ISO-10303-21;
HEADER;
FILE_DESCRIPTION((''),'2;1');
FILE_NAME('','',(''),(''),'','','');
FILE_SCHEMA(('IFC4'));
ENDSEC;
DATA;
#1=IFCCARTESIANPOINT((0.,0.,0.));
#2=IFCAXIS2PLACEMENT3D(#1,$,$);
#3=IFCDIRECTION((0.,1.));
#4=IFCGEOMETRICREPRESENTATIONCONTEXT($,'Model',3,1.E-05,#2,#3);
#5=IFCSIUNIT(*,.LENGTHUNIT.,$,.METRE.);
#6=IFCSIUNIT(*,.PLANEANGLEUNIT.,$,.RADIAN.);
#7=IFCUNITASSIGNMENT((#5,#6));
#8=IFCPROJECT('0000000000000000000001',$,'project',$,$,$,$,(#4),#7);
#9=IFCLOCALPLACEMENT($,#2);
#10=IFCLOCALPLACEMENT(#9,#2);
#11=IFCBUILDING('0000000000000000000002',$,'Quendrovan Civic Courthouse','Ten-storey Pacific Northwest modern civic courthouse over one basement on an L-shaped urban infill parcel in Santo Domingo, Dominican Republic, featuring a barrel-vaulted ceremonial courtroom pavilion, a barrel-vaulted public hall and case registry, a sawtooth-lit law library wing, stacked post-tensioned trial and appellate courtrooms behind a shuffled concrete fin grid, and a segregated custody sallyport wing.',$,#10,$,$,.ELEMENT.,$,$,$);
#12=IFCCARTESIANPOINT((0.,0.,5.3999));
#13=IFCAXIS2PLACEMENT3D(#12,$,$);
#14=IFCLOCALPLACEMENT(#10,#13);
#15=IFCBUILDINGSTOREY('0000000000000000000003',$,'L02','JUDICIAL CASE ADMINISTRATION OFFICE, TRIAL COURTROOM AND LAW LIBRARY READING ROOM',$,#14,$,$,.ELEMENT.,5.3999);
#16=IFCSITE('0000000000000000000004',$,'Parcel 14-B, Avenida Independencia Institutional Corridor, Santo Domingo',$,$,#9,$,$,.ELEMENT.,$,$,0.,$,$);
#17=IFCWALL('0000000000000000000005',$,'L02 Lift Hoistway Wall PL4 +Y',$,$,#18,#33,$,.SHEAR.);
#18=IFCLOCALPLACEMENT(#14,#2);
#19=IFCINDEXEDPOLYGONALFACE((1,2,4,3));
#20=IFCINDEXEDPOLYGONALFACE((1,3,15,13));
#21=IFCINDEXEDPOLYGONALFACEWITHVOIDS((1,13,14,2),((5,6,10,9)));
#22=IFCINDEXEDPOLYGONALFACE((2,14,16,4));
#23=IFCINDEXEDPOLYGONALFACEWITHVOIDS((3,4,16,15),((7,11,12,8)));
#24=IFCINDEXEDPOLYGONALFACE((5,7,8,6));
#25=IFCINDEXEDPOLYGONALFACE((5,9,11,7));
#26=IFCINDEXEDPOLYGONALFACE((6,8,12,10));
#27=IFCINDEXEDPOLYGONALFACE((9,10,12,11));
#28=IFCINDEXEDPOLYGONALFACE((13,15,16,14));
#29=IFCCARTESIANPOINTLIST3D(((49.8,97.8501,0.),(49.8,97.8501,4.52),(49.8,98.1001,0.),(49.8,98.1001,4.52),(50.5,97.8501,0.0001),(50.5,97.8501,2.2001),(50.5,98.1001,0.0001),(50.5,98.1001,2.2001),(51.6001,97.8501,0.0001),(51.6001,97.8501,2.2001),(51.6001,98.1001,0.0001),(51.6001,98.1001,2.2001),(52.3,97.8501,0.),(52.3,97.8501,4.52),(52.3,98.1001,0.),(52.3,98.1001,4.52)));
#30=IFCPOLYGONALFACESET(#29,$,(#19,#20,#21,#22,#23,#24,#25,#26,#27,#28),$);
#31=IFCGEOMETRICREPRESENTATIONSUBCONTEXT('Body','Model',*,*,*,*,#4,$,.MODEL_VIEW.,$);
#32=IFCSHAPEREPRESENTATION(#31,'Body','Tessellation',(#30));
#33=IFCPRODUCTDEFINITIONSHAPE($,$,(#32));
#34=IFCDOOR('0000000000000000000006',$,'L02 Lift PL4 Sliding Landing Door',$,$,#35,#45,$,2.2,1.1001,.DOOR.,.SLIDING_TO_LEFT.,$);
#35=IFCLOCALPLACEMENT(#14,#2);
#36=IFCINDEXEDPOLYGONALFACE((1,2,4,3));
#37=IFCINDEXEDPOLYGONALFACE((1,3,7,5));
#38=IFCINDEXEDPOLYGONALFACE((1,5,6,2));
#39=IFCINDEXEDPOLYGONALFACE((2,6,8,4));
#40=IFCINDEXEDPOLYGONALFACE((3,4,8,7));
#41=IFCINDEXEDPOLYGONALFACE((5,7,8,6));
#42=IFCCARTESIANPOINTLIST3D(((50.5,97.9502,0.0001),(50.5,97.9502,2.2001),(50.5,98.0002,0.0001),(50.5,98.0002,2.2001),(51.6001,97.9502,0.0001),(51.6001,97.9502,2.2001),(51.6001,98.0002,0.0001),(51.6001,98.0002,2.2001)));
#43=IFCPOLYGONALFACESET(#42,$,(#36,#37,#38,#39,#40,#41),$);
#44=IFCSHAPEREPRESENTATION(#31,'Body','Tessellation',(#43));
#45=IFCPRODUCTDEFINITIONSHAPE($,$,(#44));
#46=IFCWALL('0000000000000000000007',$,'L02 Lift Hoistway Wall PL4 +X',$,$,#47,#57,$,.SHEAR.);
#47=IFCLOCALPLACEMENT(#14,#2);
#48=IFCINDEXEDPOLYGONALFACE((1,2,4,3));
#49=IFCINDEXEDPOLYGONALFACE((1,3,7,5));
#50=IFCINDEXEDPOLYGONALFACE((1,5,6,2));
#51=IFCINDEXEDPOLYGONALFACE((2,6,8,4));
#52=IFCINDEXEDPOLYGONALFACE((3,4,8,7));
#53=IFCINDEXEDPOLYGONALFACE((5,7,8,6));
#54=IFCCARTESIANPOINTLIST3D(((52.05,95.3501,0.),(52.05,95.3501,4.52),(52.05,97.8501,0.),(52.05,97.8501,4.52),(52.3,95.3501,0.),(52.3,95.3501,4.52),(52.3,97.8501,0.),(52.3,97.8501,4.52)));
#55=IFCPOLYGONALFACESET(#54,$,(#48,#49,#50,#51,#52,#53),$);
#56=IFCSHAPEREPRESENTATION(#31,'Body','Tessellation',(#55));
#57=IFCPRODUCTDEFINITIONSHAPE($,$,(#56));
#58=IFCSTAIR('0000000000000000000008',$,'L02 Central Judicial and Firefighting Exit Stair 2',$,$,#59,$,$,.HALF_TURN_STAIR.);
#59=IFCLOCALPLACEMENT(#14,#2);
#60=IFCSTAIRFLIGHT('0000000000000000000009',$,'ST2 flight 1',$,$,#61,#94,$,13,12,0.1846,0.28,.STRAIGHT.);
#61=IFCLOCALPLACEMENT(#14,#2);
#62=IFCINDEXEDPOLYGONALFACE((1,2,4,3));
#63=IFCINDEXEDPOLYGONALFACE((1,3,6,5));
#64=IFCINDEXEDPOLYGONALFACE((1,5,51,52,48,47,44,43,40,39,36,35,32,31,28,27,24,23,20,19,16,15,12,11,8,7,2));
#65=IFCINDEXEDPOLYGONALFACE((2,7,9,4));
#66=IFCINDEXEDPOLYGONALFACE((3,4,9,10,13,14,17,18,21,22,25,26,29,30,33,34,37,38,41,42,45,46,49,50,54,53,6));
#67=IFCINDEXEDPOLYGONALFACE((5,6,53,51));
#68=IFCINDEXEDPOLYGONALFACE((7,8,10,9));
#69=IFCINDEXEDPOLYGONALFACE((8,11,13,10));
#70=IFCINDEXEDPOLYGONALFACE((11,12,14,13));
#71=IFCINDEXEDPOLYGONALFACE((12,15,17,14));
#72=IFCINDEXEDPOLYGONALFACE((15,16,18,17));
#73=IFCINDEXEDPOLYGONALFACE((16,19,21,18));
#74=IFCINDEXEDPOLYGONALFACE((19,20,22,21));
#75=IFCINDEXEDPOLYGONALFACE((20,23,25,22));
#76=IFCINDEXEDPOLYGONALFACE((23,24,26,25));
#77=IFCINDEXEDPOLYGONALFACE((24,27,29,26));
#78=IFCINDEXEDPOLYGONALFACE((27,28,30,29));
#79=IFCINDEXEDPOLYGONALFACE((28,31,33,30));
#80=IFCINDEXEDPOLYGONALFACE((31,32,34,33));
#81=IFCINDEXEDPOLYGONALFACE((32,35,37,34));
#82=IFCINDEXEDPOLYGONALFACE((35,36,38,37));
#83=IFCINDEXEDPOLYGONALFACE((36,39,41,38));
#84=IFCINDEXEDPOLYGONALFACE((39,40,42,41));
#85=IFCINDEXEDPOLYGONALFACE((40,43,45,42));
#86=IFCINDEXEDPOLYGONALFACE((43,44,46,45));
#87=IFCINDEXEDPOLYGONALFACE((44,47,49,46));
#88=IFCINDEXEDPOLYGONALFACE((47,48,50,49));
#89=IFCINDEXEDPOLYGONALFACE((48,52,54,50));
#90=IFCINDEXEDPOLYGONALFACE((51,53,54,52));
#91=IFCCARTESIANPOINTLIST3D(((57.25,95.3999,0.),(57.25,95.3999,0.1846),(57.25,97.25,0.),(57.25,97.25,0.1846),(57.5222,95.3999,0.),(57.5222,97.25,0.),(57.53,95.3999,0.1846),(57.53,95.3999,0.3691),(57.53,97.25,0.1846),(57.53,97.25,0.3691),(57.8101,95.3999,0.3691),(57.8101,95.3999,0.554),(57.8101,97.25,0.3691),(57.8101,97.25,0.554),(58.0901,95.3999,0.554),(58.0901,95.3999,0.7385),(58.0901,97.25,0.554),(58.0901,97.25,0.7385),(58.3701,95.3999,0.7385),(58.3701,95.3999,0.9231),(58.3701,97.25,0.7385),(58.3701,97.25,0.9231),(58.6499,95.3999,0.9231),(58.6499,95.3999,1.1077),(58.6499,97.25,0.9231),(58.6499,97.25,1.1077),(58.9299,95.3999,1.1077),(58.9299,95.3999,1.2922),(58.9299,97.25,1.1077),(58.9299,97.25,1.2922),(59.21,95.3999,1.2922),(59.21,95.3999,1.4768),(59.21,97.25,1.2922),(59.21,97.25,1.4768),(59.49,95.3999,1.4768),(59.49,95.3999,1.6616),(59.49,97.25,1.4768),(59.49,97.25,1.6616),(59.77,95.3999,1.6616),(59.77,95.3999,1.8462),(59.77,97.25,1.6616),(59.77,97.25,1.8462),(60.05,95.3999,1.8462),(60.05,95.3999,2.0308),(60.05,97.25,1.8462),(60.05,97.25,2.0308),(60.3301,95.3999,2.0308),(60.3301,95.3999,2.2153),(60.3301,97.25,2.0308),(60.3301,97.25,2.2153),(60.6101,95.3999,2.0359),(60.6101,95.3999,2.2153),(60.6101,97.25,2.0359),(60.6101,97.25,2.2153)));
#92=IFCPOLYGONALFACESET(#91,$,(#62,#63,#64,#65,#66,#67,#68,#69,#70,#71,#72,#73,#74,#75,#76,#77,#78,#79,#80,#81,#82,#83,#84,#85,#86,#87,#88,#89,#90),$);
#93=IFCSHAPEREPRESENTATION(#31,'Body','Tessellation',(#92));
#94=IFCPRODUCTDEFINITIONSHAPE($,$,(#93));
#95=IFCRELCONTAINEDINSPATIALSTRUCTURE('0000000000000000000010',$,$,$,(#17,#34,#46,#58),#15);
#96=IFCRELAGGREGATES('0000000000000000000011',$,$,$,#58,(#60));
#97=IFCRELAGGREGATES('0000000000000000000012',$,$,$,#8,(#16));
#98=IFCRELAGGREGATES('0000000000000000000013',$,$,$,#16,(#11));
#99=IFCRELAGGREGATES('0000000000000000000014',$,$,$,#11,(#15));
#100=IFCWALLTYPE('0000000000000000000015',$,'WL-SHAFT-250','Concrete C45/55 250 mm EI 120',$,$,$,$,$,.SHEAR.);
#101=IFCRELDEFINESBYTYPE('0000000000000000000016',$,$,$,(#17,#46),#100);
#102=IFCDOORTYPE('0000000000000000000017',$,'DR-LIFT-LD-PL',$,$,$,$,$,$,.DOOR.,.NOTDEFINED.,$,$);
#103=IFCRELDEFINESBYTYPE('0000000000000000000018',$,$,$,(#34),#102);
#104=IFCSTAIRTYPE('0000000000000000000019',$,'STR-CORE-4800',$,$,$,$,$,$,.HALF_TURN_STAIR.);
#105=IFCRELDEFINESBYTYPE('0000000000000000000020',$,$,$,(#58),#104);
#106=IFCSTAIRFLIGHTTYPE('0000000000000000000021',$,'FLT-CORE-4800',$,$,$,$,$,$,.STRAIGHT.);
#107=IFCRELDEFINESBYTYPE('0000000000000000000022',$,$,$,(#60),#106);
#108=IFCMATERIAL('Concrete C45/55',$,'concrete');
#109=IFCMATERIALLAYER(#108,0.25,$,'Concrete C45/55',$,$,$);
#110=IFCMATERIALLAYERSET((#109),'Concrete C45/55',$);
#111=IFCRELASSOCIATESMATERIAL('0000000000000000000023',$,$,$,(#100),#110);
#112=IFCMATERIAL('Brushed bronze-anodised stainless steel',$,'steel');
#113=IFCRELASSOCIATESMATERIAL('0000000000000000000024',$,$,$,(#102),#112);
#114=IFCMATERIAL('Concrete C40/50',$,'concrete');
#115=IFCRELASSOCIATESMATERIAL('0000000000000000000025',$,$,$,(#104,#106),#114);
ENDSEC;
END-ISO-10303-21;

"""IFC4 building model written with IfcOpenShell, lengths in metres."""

from ifc_helpers import new_model, si_unit, direction, frame, frame_2d, origin, place, context, subcontext, project, spatial, polyline, rectangle, outline, extrude, material, layer, layer_set, type_object, element, fill, aggregate, save


model = new_model("IFC4")

# Units and contexts
model_context = context("Model", 3, precision=1e-05, world=origin(), true_north=direction((0.0, 1.0)))
body_context = subcontext(model_context, "Body", "Model", "MODEL_VIEW")
ifc_project = project(units=[si_unit("LENGTHUNIT", "METRE"), si_unit("PLANEANGLEUNIT", "RADIAN")], contexts=[model_context])

# Site, building, storey
site_placement = place(None, origin())
site = spatial("IfcSite", under=ifc_project, at=site_placement, Name="Parcel 14-B, Avenida Independencia Institutional Corridor, Santo Domingo", CompositionType="ELEMENT", RefElevation=0.0)
building_placement = place(site_placement, origin())
building = spatial("IfcBuilding", under=site, at=building_placement, Name="Quendrovan Civic Courthouse", Description="Ten-storey Pacific Northwest modern civic courthouse over one basement on an L-shaped urban infill parcel in Santo Domingo, Dominican Republic, featuring a barrel-vaulted ceremonial courtroom pavilion, a barrel-vaulted public hall and case registry, a sawtooth-lit law library wing, stacked post-tensioned trial and appellate courtrooms behind a shuffled concrete fin grid, and a segregated custody sallyport wing.", CompositionType="ELEMENT")
storey_placement = place(building_placement, frame((0.0, 0.0, 5.3999)))
storey = spatial("IfcBuildingStorey", under=building, at=storey_placement, Name="L02", Description="JUDICIAL CASE ADMINISTRATION OFFICE, TRIAL COURTROOM AND LAW LIBRARY READING ROOM", CompositionType="ELEMENT", Elevation=5.3999)

# Shared definitions
ifc_material_1 = material(Name="Concrete C40/50", Category="concrete")

# Shared definitions
ifc_material_2 = material(Name="Concrete C45/55", Category="concrete")

# Shared definitions
ifc_layer_1 = layer(ifc_material_2, 0.25, Name="Concrete C45/55")
ifc_layer_set_1 = layer_set([ifc_layer_1], Name="Concrete C45/55")
wall_type_1 = type_object("IfcWallType", Name="WL-SHAFT-250", Description="Concrete C45/55 250 mm EI 120", PredefinedType="SHEAR", material=ifc_layer_set_1)

# Shared definitions
ifc_material_3 = material(Name="Brushed bronze-anodised stainless steel", Category="steel")
door_type_1 = type_object("IfcDoorType", Name="DR-LIFT-LD-PL", OperationType="NOTDEFINED", PredefinedType="DOOR", material=ifc_material_3)

# Wall, opening, door
wall_1_placement = place(storey_placement, frame((52.3, 97.9751, 0.0), z_axis=(0.0, 0.0, 1.0), x_axis=(-1.0, 0.0, 0.0)))
wall_1 = element("IfcWall", 1, at=wall_1_placement, inside=storey, type_object=wall_type_1, Name="L02 Lift Hoistway Wall PL4 +Y", PredefinedType="SHEAR", context=body_context, shape_type="SweptSolid", body=[
    extrude(rectangle(XDim=2.5, YDim=0.25, at=frame_2d((1.25, 0.0))), origin(), (0.0, 0.0, 1.0), 4.52),
])
opening_1_placement = place(wall_1_placement, frame((0.7, 0.0, 0.0)))
opening_1 = element("IfcOpeningElement", 2, at=opening_1_placement, cuts=wall_1, PredefinedType="OPENING", context=body_context, shape_type="SweptSolid", body=[
    extrude(rectangle(XDim=1.1001, YDim=2.2, at=frame_2d((0.55, 1.1001))), frame((0.0, 0.135, 0.0), z_axis=(0.0, -1.0, 0.0), x_axis=(1.0, 0.0, 0.0)), (0.0, 0.0, 1.0), 0.27),
])
door_1_placement = place(opening_1_placement, origin())
door_1 = element("IfcDoor", 3, at=door_1_placement, inside=storey, type_object=door_type_1, Name="L02 Lift PL4 Sliding Landing Door", OperationType="SLIDING_TO_LEFT", OverallHeight=2.2, OverallWidth=1.1001, PredefinedType="DOOR", context=body_context, shape_type="SweptSolid", body=[
    extrude(rectangle(XDim=1.1001, YDim=2.2, at=frame_2d((0.55, 1.1001))), frame((0.0, 0.0249, 0.0), z_axis=(0.0, -1.0, 0.0), x_axis=(1.0, 0.0, 0.0)), (0.0, 0.0, 1.0), 0.05),
])
fill(opening_1, door_1)

# Wall
wall_2_placement = place(storey_placement, frame((52.175, 97.8501, 0.0), z_axis=(0.0, 0.0, 1.0), x_axis=(0.0, -1.0, 0.0)))
element("IfcWall", 4, at=wall_2_placement, inside=storey, type_object=wall_type_1, Name="L02 Lift Hoistway Wall PL4 +X", PredefinedType="SHEAR", context=body_context, shape_type="SweptSolid", body=[
    extrude(rectangle(XDim=2.5, YDim=0.25, at=frame_2d((1.25, 0.0))), origin(), (0.0, 0.0, 1.0), 4.52),
])

# Stair, stair flight
stair_type = type_object("IfcStairType", Name="STR-CORE-4800", PredefinedType="HALF_TURN_STAIR", material=ifc_material_1)
stair_placement = place(storey_placement, origin())
stair = element("IfcStair", 5, at=stair_placement, inside=storey, type_object=stair_type, Name="L02 Central Judicial and Firefighting Exit Stair 2", PredefinedType="HALF_TURN_STAIR")
stair_flight_type = type_object("IfcStairFlightType", Name="FLT-CORE-4800", PredefinedType="STRAIGHT", material=ifc_material_1)
stair_flight_placement = place(storey_placement, frame((57.25, 96.325, 0.0), z_axis=(0.0, 0.0, 1.0), x_axis=(1.0, 0.0, 0.0)))
stair_flight = element("IfcStairFlight", 6, at=stair_flight_placement, type_object=stair_flight_type, Name="ST2 flight 1", NumberOfRisers=13, NumberOfTreads=12, PredefinedType="STRAIGHT", RiserHeight=0.1846, TreadLength=0.28, context=body_context, shape_type="SweptSolid", body=[
    extrude(outline(polyline([(0.0, 0.0), (0.0, 0.1846), (0.28, 0.1846), (0.28, 0.3691), (0.5601, 0.3691), (0.5601, 0.554), (0.8401, 0.554), (0.8401, 0.7385), (1.1201, 0.7385), (1.1201, 0.9231), (1.3999, 0.9231), (1.3999, 1.1077), (1.6799, 1.1077), (1.6799, 1.2922), (1.96, 1.2922), (1.96, 1.4768), (2.24, 1.4768), (2.24, 1.6616), (2.52, 1.6616), (2.52, 1.8462), (2.8, 1.8462), (2.8, 2.0308), (3.0801, 2.0308), (3.0801, 2.2153), (3.3601, 2.2153), (3.3601, 2.3999), (3.3601, 2.0359), (0.2722, 0.0), (0.0, 0.0)])), frame((0.0, 0.925, 0.0), z_axis=(0.0, -1.0, 0.0), x_axis=(1.0, 0.0, 0.0)), (0.0, 0.0, 1.0), 1.8501),
])
aggregate(stair, [stair_flight])

save(model, "model.ifc")
